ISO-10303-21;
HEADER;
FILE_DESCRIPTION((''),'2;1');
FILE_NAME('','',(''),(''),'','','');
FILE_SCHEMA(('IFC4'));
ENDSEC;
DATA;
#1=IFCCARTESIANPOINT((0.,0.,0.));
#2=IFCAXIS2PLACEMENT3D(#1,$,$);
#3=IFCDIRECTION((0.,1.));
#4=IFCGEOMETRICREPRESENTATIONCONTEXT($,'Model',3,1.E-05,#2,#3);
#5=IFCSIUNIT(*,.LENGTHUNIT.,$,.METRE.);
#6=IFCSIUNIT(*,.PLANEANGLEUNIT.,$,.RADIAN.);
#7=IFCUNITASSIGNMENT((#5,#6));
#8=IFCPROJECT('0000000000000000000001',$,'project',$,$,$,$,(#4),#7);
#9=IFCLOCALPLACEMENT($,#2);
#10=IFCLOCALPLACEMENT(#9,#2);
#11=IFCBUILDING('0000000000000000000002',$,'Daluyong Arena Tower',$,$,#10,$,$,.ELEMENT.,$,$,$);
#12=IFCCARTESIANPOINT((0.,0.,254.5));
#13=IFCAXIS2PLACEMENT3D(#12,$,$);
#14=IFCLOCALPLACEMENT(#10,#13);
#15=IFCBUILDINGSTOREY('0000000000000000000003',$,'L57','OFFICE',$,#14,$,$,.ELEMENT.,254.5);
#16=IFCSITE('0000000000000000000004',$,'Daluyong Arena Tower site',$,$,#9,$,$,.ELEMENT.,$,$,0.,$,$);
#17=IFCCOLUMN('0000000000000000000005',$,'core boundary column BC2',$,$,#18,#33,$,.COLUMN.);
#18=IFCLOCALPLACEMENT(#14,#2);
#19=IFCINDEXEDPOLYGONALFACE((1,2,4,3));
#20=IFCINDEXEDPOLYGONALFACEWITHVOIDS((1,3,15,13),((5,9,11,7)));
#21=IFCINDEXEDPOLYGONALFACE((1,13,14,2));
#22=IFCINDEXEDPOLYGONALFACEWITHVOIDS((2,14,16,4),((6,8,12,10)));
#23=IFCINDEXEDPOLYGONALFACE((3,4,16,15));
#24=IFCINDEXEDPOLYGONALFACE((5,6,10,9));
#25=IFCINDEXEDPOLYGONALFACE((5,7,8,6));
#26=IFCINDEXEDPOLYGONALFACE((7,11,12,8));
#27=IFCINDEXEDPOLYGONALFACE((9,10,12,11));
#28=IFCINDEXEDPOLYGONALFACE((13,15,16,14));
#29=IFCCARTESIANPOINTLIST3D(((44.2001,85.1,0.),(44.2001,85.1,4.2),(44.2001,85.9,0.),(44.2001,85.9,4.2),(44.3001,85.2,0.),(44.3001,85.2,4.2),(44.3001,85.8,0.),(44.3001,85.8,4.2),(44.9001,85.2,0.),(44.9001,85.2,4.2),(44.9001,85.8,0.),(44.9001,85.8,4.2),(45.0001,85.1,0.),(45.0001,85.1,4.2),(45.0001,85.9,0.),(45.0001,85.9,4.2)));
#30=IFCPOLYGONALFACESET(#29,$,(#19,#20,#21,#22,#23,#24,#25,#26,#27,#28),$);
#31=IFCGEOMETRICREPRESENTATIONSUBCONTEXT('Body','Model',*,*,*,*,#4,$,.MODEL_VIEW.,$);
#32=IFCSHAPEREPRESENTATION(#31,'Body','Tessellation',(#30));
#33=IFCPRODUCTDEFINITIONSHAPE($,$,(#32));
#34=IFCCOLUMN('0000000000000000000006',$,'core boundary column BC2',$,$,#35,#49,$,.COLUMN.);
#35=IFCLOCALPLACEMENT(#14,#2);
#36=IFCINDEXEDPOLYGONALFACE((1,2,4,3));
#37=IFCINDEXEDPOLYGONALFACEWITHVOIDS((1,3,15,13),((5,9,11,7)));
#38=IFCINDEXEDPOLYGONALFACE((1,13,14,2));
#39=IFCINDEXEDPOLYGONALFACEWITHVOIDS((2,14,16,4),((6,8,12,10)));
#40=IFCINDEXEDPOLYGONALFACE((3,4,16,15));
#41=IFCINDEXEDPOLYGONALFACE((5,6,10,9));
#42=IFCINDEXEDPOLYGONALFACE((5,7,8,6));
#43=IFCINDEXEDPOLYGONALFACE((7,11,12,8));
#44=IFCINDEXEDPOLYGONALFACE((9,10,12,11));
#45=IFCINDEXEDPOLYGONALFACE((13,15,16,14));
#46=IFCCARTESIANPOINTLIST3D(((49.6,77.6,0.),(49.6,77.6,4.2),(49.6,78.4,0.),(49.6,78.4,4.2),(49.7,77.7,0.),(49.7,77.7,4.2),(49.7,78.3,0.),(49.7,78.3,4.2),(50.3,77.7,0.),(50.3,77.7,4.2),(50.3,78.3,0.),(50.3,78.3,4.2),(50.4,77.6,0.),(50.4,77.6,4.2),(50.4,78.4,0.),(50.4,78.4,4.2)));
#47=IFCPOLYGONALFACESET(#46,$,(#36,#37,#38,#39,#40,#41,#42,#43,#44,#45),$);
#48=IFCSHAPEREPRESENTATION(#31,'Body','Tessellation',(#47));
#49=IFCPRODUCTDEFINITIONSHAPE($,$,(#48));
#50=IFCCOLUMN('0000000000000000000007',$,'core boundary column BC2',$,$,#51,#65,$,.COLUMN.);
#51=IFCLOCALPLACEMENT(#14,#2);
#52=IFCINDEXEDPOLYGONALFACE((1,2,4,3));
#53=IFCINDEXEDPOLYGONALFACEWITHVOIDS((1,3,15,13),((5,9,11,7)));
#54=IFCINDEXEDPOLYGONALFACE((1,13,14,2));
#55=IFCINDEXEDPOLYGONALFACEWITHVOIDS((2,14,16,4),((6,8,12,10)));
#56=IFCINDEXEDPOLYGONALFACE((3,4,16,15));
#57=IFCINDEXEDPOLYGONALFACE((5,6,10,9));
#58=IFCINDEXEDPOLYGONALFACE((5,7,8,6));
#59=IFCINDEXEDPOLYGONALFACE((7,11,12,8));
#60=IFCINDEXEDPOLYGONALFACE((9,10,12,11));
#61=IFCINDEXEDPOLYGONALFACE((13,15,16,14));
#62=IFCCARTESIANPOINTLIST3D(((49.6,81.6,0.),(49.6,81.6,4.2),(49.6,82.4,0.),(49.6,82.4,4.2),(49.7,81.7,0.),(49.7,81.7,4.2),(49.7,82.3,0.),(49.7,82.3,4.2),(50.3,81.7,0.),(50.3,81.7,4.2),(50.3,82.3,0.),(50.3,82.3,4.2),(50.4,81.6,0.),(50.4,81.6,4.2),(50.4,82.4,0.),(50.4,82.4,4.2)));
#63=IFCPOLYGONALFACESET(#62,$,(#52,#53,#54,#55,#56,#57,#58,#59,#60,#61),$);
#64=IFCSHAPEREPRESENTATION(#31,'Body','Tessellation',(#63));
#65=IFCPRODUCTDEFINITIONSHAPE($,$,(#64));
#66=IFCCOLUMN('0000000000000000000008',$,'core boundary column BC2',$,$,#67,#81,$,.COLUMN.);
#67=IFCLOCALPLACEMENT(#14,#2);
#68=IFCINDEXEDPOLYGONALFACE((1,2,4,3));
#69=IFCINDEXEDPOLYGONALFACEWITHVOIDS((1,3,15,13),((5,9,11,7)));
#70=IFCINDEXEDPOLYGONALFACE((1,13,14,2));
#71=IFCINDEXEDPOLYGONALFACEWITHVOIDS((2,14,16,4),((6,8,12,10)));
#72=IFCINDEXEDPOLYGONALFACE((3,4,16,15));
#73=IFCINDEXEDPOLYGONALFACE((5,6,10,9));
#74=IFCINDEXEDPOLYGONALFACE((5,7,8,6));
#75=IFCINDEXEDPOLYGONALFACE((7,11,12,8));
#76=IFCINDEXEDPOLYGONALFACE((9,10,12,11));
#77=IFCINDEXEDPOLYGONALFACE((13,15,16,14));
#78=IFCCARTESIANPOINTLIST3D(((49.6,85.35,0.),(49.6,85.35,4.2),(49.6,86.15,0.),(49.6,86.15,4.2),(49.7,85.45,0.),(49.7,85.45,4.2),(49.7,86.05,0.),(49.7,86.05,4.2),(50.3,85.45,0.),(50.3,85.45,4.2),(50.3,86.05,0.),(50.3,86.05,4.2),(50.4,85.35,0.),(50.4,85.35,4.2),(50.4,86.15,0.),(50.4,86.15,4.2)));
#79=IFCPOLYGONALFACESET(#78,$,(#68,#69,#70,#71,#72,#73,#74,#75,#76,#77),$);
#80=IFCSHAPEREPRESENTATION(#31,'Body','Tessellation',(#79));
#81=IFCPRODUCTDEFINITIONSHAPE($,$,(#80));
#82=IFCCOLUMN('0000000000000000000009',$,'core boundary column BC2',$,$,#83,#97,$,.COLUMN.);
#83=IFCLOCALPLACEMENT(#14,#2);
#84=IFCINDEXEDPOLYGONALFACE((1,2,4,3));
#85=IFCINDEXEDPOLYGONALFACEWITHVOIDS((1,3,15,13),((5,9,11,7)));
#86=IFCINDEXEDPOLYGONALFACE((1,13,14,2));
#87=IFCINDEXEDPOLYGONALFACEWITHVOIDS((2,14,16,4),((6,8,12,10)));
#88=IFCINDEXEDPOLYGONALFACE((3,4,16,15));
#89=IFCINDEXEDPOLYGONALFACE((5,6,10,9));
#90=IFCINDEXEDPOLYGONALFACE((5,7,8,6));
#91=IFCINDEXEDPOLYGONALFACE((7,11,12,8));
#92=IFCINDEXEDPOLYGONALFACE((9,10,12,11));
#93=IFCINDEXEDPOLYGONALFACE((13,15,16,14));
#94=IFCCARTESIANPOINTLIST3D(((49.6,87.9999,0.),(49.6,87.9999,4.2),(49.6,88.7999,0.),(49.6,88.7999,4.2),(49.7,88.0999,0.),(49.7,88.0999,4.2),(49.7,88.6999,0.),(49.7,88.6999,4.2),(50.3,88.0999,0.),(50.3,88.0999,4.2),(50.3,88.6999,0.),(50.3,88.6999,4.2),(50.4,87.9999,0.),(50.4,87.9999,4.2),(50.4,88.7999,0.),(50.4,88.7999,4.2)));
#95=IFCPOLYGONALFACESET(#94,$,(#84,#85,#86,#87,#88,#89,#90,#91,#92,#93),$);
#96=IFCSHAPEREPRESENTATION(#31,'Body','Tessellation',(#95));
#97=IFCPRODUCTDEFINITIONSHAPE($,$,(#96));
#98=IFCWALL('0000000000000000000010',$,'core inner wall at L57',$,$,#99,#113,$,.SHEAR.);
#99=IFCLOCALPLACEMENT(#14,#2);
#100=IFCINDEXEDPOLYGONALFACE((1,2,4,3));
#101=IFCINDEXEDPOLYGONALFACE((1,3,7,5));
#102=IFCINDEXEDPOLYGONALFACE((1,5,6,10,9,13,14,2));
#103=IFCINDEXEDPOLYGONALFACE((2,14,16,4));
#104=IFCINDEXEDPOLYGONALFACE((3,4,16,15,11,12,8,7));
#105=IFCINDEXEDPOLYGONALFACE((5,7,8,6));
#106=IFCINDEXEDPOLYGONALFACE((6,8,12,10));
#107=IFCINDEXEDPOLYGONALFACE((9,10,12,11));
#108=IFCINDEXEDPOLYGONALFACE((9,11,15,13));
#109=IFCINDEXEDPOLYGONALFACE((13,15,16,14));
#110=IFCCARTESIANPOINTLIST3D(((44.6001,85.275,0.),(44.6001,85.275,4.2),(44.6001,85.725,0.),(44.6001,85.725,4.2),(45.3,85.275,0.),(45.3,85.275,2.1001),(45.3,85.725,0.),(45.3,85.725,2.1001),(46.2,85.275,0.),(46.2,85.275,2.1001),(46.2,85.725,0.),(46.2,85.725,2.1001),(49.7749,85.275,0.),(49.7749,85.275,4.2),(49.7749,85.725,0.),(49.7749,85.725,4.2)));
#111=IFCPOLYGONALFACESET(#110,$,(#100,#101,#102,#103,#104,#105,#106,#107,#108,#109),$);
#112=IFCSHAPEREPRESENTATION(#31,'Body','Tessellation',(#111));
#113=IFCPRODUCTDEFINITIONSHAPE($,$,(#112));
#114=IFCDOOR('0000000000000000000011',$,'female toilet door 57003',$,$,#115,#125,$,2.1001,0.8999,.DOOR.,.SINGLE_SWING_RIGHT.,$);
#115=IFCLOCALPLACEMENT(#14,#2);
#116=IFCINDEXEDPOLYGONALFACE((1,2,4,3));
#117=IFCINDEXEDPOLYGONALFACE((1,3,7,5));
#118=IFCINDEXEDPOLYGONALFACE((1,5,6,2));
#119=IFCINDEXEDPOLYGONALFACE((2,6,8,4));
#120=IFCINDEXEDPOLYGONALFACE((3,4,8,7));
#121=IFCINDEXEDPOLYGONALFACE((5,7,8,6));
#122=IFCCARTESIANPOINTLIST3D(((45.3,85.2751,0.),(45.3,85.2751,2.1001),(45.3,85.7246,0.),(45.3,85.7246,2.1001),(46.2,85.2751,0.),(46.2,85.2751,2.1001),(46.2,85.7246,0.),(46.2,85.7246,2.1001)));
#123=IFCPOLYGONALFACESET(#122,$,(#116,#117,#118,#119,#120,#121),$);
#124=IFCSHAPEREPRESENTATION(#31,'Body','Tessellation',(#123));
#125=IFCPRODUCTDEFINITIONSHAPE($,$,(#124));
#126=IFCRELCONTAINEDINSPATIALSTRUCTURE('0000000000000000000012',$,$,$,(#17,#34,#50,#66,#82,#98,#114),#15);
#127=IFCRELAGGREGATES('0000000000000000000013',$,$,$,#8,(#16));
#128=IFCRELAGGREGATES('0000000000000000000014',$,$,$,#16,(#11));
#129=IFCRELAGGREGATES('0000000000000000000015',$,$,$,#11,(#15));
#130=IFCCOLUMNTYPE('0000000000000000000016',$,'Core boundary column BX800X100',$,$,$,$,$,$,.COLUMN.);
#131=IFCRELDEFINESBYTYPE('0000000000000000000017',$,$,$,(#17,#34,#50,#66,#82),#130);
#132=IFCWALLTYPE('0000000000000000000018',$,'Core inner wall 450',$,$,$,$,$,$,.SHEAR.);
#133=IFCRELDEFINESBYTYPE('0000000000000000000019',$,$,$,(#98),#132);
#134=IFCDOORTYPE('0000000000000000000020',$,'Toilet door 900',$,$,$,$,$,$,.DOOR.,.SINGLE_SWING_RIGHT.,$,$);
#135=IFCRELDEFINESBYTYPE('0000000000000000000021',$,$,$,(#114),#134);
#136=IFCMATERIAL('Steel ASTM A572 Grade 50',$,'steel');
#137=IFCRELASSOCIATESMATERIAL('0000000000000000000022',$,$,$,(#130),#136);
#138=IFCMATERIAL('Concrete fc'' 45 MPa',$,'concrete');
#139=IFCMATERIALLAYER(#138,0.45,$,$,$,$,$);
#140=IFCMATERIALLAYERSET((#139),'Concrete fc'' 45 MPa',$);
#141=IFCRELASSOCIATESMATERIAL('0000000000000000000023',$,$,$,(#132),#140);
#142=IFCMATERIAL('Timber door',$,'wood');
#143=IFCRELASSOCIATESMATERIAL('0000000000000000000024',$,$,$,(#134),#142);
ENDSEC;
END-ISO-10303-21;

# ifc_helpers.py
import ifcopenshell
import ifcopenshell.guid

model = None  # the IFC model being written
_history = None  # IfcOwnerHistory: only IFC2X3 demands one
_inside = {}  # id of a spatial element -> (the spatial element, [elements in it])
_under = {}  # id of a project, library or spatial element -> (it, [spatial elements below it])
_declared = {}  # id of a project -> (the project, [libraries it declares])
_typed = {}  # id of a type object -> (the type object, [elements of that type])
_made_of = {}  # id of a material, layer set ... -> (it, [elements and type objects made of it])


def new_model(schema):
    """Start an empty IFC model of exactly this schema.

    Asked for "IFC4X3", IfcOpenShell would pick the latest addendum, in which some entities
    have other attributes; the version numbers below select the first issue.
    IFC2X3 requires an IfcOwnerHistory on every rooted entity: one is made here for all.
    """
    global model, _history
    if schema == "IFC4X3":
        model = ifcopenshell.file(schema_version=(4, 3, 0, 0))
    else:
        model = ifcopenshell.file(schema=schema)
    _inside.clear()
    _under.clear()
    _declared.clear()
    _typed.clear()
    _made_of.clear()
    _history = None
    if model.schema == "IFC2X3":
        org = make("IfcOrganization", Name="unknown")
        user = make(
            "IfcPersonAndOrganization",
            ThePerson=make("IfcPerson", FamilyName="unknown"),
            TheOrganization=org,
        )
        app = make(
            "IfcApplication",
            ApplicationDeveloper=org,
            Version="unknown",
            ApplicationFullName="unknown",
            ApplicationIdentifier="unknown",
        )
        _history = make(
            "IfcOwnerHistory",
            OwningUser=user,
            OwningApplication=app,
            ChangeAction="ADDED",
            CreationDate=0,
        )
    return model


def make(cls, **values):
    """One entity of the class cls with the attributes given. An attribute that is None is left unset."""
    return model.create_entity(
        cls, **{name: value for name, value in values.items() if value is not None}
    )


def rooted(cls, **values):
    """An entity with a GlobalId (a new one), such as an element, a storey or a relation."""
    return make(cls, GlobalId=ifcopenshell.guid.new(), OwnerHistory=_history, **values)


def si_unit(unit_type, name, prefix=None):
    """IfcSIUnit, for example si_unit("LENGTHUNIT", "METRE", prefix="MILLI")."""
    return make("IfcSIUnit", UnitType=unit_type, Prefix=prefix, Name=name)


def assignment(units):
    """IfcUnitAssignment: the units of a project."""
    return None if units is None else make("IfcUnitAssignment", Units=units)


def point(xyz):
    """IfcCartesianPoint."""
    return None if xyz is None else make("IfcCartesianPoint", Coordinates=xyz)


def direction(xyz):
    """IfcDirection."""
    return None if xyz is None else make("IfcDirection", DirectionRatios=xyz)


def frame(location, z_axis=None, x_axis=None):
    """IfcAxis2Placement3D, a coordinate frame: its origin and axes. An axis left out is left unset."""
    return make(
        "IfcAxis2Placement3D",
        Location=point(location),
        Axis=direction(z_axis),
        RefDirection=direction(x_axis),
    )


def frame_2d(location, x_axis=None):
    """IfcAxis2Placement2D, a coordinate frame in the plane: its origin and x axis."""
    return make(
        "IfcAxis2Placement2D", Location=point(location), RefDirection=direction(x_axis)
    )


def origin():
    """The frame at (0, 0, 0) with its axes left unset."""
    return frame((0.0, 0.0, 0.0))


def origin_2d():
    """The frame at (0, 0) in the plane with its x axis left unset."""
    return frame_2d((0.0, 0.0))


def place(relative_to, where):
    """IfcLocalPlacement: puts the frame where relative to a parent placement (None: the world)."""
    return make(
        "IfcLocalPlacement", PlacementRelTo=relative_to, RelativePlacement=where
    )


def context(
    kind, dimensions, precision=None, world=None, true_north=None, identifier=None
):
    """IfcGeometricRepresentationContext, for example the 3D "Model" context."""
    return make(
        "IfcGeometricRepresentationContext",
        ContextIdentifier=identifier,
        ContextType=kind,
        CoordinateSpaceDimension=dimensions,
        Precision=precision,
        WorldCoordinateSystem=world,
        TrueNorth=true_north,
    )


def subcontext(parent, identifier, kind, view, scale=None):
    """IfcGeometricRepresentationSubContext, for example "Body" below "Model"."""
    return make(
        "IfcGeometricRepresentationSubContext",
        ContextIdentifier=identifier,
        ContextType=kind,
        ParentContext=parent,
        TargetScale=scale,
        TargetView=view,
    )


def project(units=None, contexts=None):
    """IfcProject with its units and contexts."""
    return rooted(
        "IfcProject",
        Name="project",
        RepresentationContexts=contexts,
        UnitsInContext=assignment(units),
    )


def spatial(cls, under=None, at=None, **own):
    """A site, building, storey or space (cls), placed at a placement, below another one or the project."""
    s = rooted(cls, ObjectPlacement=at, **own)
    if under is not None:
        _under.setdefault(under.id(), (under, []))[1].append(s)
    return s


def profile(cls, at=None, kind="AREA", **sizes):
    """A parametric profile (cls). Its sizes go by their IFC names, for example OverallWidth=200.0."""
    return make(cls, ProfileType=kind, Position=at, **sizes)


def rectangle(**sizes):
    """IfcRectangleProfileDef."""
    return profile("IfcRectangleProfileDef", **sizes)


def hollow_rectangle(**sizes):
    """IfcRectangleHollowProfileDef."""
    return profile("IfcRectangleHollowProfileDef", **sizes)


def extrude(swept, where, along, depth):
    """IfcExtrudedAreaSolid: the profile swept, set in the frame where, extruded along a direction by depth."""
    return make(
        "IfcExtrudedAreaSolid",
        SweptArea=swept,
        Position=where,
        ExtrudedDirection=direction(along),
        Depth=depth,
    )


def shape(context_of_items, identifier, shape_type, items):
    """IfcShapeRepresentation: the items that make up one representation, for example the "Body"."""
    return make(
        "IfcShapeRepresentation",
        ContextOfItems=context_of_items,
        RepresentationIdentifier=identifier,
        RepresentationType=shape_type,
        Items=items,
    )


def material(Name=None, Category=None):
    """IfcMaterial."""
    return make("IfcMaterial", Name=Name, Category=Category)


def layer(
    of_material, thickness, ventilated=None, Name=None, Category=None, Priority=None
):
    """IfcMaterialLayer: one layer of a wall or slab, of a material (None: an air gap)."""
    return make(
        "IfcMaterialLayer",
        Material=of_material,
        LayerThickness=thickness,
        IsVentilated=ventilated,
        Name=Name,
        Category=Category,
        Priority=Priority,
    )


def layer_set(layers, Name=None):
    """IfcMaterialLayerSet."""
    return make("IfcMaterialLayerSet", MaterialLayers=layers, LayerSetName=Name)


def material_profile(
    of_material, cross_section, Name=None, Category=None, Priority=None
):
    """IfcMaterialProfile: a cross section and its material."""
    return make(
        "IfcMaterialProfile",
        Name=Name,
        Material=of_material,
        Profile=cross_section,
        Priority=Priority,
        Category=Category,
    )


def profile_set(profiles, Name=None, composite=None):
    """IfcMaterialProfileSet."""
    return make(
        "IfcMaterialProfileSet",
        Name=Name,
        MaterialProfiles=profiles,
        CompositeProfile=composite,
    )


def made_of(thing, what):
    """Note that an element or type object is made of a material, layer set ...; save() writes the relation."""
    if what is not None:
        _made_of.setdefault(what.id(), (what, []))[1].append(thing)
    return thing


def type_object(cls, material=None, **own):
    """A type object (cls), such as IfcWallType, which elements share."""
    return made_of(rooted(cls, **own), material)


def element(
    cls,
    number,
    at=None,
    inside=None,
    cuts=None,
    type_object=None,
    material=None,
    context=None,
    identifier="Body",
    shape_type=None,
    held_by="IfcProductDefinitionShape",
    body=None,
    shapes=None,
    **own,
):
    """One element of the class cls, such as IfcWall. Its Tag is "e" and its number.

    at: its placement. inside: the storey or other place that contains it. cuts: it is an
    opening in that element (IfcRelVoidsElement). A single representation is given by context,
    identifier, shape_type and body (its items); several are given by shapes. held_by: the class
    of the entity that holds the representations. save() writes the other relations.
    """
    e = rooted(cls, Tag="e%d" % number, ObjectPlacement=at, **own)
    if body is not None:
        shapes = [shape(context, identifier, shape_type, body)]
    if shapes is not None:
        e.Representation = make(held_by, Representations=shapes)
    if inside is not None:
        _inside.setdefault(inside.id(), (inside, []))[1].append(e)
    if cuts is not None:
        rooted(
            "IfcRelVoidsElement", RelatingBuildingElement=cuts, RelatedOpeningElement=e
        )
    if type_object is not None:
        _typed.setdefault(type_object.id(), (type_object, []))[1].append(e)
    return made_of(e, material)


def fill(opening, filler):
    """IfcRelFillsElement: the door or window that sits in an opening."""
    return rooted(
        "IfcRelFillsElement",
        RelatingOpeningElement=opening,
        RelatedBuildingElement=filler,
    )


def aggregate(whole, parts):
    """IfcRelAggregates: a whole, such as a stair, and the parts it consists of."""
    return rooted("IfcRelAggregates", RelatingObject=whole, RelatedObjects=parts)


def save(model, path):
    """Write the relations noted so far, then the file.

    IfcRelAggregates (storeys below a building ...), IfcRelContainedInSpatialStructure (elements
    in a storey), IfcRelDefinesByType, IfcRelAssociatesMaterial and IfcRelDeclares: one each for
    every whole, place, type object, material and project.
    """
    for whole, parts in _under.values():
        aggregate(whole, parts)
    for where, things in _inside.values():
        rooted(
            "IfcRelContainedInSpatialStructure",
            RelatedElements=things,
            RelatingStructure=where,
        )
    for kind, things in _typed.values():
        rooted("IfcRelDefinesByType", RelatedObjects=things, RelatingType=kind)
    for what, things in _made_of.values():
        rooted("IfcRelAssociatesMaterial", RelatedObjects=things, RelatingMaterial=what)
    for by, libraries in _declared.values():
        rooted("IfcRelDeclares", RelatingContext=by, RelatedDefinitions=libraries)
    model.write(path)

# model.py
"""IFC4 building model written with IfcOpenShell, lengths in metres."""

from ifc_helpers import new_model, si_unit, direction, frame, frame_2d, origin, origin_2d, place, context, subcontext, project, spatial, rectangle, hollow_rectangle, extrude, material, layer, layer_set, material_profile, profile_set, type_object, element, fill, save


model = new_model("IFC4")

# Units and contexts
model_context = context("Model", 3, precision=1e-05, world=origin(), true_north=direction((0.0, 1.0)))
body_context = subcontext(model_context, "Body", "Model", "MODEL_VIEW")
ifc_project = project(units=[si_unit("LENGTHUNIT", "METRE"), si_unit("PLANEANGLEUNIT", "RADIAN")], contexts=[model_context])

# Site, building, storey
site_placement = place(None, origin())
site = spatial("IfcSite", under=ifc_project, at=site_placement, Name="Daluyong Arena Tower site", CompositionType="ELEMENT", RefElevation=0.0)
building_placement = place(site_placement, origin())
building = spatial("IfcBuilding", under=site, at=building_placement, Name="Daluyong Arena Tower", CompositionType="ELEMENT")
storey_placement = place(building_placement, frame((0.0, 0.0, 254.5)))
storey = spatial("IfcBuildingStorey", under=building, at=storey_placement, Name="L57", Description="OFFICE", CompositionType="ELEMENT", Elevation=254.5)

# Columns
ifc_material_1 = material(Name="Steel ASTM A572 Grade 50", Category="steel")
ifc_material_profile = material_profile(ifc_material_1, hollow_rectangle(XDim=0.8, YDim=0.8, WallThickness=0.1, at=origin_2d()))
ifc_profile_set = profile_set([ifc_material_profile], Name="Steel ASTM A572 Grade 50")
column_type = type_object("IfcColumnType", Name="Core boundary column BX800X100", PredefinedType="COLUMN", material=ifc_profile_set)
for number, where, z_axis, x_axis, name in (
    (1, (44.6001, 85.5, 0.0), (0.0, 0.0, 1.0), (1.0, 0.0, 0.0), "core boundary column BC2"),
    (2, (50.0, 78.0, 0.0), (0.0, 0.0, 1.0), (1.0, 0.0, 0.0), "core boundary column BC2"),
    (3, (50.0, 82.0, 0.0), (0.0, 0.0, 1.0), (1.0, 0.0, 0.0), "core boundary column BC2"),
    (4, (50.0, 85.75, 0.0), (0.0, 0.0, 1.0), (1.0, 0.0, 0.0), "core boundary column BC2"),
    (5, (50.0, 88.3999, 0.0), (0.0, 0.0, 1.0), (1.0, 0.0, 0.0), "core boundary column BC2"),
):
    element("IfcColumn", number, at=place(storey_placement, frame(where, z_axis=z_axis, x_axis=x_axis)), inside=storey, type_object=column_type, Name=name, PredefinedType="COLUMN", context=body_context, shape_type="SweptSolid", body=[
        extrude(hollow_rectangle(XDim=0.8, YDim=0.8, WallThickness=0.1, at=origin_2d()), origin(), (0.0, 0.0, 1.0), 4.2),
    ])

# Wall, opening, door
ifc_material_2 = material(Name="Concrete fc' 45 MPa", Category="concrete")
ifc_layer_1 = layer(ifc_material_2, 0.45)
ifc_layer_set_1 = layer_set([ifc_layer_1], Name="Concrete fc' 45 MPa")
wall_type_1 = type_object("IfcWallType", Name="Core inner wall 450", PredefinedType="SHEAR", material=ifc_layer_set_1)
wall_1_placement = place(storey_placement, frame((44.6001, 85.5, 0.0), z_axis=(0.0, 0.0, 1.0), x_axis=(1.0, 0.0, 0.0)))
wall_1 = element("IfcWall", 6, at=wall_1_placement, inside=storey, type_object=wall_type_1, Name="core inner wall at L57", PredefinedType="SHEAR", context=body_context, shape_type="SweptSolid", body=[
    extrude(rectangle(XDim=5.1748, YDim=0.45, at=frame_2d((2.5874, 0.0))), origin(), (0.0, 0.0, 1.0), 4.2),
])
opening_1_placement = place(wall_1_placement, frame((0.7, 0.0, 0.0)))
opening_1 = element("IfcOpeningElement", 7, at=opening_1_placement, cuts=wall_1, PredefinedType="OPENING", context=body_context, shape_type="SweptSolid", body=[
    extrude(rectangle(XDim=0.8999, YDim=2.1001, at=frame_2d((0.45, 1.05))), frame((0.0, 0.2349, 0.0), z_axis=(0.0, -1.0, 0.0), x_axis=(1.0, 0.0, 0.0)), (0.0, 0.0, 1.0), 0.47),
])
ifc_material_3 = material(Name="Timber door", Category="wood")
door_type_1 = type_object("IfcDoorType", Name="Toilet door 900", OperationType="SINGLE_SWING_RIGHT", PredefinedType="DOOR", material=ifc_material_3)
door_1_placement = place(opening_1_placement, origin())
door_1 = element("IfcDoor", 8, at=door_1_placement, inside=storey, type_object=door_type_1, Name="female toilet door 57003", OperationType="SINGLE_SWING_RIGHT", OverallHeight=2.1001, OverallWidth=0.8999, PredefinedType="DOOR", context=body_context, shape_type="SweptSolid", body=[
    extrude(rectangle(XDim=0.8999, YDim=2.1001, at=frame_2d((0.45, 1.05))), frame((0.0, 0.2246, 0.0), z_axis=(0.0, -1.0, 0.0), x_axis=(1.0, 0.0, 0.0)), (0.0, 0.0, 1.0), 0.4495),
])
fill(opening_1, door_1)

save(model, "model.ifc")
